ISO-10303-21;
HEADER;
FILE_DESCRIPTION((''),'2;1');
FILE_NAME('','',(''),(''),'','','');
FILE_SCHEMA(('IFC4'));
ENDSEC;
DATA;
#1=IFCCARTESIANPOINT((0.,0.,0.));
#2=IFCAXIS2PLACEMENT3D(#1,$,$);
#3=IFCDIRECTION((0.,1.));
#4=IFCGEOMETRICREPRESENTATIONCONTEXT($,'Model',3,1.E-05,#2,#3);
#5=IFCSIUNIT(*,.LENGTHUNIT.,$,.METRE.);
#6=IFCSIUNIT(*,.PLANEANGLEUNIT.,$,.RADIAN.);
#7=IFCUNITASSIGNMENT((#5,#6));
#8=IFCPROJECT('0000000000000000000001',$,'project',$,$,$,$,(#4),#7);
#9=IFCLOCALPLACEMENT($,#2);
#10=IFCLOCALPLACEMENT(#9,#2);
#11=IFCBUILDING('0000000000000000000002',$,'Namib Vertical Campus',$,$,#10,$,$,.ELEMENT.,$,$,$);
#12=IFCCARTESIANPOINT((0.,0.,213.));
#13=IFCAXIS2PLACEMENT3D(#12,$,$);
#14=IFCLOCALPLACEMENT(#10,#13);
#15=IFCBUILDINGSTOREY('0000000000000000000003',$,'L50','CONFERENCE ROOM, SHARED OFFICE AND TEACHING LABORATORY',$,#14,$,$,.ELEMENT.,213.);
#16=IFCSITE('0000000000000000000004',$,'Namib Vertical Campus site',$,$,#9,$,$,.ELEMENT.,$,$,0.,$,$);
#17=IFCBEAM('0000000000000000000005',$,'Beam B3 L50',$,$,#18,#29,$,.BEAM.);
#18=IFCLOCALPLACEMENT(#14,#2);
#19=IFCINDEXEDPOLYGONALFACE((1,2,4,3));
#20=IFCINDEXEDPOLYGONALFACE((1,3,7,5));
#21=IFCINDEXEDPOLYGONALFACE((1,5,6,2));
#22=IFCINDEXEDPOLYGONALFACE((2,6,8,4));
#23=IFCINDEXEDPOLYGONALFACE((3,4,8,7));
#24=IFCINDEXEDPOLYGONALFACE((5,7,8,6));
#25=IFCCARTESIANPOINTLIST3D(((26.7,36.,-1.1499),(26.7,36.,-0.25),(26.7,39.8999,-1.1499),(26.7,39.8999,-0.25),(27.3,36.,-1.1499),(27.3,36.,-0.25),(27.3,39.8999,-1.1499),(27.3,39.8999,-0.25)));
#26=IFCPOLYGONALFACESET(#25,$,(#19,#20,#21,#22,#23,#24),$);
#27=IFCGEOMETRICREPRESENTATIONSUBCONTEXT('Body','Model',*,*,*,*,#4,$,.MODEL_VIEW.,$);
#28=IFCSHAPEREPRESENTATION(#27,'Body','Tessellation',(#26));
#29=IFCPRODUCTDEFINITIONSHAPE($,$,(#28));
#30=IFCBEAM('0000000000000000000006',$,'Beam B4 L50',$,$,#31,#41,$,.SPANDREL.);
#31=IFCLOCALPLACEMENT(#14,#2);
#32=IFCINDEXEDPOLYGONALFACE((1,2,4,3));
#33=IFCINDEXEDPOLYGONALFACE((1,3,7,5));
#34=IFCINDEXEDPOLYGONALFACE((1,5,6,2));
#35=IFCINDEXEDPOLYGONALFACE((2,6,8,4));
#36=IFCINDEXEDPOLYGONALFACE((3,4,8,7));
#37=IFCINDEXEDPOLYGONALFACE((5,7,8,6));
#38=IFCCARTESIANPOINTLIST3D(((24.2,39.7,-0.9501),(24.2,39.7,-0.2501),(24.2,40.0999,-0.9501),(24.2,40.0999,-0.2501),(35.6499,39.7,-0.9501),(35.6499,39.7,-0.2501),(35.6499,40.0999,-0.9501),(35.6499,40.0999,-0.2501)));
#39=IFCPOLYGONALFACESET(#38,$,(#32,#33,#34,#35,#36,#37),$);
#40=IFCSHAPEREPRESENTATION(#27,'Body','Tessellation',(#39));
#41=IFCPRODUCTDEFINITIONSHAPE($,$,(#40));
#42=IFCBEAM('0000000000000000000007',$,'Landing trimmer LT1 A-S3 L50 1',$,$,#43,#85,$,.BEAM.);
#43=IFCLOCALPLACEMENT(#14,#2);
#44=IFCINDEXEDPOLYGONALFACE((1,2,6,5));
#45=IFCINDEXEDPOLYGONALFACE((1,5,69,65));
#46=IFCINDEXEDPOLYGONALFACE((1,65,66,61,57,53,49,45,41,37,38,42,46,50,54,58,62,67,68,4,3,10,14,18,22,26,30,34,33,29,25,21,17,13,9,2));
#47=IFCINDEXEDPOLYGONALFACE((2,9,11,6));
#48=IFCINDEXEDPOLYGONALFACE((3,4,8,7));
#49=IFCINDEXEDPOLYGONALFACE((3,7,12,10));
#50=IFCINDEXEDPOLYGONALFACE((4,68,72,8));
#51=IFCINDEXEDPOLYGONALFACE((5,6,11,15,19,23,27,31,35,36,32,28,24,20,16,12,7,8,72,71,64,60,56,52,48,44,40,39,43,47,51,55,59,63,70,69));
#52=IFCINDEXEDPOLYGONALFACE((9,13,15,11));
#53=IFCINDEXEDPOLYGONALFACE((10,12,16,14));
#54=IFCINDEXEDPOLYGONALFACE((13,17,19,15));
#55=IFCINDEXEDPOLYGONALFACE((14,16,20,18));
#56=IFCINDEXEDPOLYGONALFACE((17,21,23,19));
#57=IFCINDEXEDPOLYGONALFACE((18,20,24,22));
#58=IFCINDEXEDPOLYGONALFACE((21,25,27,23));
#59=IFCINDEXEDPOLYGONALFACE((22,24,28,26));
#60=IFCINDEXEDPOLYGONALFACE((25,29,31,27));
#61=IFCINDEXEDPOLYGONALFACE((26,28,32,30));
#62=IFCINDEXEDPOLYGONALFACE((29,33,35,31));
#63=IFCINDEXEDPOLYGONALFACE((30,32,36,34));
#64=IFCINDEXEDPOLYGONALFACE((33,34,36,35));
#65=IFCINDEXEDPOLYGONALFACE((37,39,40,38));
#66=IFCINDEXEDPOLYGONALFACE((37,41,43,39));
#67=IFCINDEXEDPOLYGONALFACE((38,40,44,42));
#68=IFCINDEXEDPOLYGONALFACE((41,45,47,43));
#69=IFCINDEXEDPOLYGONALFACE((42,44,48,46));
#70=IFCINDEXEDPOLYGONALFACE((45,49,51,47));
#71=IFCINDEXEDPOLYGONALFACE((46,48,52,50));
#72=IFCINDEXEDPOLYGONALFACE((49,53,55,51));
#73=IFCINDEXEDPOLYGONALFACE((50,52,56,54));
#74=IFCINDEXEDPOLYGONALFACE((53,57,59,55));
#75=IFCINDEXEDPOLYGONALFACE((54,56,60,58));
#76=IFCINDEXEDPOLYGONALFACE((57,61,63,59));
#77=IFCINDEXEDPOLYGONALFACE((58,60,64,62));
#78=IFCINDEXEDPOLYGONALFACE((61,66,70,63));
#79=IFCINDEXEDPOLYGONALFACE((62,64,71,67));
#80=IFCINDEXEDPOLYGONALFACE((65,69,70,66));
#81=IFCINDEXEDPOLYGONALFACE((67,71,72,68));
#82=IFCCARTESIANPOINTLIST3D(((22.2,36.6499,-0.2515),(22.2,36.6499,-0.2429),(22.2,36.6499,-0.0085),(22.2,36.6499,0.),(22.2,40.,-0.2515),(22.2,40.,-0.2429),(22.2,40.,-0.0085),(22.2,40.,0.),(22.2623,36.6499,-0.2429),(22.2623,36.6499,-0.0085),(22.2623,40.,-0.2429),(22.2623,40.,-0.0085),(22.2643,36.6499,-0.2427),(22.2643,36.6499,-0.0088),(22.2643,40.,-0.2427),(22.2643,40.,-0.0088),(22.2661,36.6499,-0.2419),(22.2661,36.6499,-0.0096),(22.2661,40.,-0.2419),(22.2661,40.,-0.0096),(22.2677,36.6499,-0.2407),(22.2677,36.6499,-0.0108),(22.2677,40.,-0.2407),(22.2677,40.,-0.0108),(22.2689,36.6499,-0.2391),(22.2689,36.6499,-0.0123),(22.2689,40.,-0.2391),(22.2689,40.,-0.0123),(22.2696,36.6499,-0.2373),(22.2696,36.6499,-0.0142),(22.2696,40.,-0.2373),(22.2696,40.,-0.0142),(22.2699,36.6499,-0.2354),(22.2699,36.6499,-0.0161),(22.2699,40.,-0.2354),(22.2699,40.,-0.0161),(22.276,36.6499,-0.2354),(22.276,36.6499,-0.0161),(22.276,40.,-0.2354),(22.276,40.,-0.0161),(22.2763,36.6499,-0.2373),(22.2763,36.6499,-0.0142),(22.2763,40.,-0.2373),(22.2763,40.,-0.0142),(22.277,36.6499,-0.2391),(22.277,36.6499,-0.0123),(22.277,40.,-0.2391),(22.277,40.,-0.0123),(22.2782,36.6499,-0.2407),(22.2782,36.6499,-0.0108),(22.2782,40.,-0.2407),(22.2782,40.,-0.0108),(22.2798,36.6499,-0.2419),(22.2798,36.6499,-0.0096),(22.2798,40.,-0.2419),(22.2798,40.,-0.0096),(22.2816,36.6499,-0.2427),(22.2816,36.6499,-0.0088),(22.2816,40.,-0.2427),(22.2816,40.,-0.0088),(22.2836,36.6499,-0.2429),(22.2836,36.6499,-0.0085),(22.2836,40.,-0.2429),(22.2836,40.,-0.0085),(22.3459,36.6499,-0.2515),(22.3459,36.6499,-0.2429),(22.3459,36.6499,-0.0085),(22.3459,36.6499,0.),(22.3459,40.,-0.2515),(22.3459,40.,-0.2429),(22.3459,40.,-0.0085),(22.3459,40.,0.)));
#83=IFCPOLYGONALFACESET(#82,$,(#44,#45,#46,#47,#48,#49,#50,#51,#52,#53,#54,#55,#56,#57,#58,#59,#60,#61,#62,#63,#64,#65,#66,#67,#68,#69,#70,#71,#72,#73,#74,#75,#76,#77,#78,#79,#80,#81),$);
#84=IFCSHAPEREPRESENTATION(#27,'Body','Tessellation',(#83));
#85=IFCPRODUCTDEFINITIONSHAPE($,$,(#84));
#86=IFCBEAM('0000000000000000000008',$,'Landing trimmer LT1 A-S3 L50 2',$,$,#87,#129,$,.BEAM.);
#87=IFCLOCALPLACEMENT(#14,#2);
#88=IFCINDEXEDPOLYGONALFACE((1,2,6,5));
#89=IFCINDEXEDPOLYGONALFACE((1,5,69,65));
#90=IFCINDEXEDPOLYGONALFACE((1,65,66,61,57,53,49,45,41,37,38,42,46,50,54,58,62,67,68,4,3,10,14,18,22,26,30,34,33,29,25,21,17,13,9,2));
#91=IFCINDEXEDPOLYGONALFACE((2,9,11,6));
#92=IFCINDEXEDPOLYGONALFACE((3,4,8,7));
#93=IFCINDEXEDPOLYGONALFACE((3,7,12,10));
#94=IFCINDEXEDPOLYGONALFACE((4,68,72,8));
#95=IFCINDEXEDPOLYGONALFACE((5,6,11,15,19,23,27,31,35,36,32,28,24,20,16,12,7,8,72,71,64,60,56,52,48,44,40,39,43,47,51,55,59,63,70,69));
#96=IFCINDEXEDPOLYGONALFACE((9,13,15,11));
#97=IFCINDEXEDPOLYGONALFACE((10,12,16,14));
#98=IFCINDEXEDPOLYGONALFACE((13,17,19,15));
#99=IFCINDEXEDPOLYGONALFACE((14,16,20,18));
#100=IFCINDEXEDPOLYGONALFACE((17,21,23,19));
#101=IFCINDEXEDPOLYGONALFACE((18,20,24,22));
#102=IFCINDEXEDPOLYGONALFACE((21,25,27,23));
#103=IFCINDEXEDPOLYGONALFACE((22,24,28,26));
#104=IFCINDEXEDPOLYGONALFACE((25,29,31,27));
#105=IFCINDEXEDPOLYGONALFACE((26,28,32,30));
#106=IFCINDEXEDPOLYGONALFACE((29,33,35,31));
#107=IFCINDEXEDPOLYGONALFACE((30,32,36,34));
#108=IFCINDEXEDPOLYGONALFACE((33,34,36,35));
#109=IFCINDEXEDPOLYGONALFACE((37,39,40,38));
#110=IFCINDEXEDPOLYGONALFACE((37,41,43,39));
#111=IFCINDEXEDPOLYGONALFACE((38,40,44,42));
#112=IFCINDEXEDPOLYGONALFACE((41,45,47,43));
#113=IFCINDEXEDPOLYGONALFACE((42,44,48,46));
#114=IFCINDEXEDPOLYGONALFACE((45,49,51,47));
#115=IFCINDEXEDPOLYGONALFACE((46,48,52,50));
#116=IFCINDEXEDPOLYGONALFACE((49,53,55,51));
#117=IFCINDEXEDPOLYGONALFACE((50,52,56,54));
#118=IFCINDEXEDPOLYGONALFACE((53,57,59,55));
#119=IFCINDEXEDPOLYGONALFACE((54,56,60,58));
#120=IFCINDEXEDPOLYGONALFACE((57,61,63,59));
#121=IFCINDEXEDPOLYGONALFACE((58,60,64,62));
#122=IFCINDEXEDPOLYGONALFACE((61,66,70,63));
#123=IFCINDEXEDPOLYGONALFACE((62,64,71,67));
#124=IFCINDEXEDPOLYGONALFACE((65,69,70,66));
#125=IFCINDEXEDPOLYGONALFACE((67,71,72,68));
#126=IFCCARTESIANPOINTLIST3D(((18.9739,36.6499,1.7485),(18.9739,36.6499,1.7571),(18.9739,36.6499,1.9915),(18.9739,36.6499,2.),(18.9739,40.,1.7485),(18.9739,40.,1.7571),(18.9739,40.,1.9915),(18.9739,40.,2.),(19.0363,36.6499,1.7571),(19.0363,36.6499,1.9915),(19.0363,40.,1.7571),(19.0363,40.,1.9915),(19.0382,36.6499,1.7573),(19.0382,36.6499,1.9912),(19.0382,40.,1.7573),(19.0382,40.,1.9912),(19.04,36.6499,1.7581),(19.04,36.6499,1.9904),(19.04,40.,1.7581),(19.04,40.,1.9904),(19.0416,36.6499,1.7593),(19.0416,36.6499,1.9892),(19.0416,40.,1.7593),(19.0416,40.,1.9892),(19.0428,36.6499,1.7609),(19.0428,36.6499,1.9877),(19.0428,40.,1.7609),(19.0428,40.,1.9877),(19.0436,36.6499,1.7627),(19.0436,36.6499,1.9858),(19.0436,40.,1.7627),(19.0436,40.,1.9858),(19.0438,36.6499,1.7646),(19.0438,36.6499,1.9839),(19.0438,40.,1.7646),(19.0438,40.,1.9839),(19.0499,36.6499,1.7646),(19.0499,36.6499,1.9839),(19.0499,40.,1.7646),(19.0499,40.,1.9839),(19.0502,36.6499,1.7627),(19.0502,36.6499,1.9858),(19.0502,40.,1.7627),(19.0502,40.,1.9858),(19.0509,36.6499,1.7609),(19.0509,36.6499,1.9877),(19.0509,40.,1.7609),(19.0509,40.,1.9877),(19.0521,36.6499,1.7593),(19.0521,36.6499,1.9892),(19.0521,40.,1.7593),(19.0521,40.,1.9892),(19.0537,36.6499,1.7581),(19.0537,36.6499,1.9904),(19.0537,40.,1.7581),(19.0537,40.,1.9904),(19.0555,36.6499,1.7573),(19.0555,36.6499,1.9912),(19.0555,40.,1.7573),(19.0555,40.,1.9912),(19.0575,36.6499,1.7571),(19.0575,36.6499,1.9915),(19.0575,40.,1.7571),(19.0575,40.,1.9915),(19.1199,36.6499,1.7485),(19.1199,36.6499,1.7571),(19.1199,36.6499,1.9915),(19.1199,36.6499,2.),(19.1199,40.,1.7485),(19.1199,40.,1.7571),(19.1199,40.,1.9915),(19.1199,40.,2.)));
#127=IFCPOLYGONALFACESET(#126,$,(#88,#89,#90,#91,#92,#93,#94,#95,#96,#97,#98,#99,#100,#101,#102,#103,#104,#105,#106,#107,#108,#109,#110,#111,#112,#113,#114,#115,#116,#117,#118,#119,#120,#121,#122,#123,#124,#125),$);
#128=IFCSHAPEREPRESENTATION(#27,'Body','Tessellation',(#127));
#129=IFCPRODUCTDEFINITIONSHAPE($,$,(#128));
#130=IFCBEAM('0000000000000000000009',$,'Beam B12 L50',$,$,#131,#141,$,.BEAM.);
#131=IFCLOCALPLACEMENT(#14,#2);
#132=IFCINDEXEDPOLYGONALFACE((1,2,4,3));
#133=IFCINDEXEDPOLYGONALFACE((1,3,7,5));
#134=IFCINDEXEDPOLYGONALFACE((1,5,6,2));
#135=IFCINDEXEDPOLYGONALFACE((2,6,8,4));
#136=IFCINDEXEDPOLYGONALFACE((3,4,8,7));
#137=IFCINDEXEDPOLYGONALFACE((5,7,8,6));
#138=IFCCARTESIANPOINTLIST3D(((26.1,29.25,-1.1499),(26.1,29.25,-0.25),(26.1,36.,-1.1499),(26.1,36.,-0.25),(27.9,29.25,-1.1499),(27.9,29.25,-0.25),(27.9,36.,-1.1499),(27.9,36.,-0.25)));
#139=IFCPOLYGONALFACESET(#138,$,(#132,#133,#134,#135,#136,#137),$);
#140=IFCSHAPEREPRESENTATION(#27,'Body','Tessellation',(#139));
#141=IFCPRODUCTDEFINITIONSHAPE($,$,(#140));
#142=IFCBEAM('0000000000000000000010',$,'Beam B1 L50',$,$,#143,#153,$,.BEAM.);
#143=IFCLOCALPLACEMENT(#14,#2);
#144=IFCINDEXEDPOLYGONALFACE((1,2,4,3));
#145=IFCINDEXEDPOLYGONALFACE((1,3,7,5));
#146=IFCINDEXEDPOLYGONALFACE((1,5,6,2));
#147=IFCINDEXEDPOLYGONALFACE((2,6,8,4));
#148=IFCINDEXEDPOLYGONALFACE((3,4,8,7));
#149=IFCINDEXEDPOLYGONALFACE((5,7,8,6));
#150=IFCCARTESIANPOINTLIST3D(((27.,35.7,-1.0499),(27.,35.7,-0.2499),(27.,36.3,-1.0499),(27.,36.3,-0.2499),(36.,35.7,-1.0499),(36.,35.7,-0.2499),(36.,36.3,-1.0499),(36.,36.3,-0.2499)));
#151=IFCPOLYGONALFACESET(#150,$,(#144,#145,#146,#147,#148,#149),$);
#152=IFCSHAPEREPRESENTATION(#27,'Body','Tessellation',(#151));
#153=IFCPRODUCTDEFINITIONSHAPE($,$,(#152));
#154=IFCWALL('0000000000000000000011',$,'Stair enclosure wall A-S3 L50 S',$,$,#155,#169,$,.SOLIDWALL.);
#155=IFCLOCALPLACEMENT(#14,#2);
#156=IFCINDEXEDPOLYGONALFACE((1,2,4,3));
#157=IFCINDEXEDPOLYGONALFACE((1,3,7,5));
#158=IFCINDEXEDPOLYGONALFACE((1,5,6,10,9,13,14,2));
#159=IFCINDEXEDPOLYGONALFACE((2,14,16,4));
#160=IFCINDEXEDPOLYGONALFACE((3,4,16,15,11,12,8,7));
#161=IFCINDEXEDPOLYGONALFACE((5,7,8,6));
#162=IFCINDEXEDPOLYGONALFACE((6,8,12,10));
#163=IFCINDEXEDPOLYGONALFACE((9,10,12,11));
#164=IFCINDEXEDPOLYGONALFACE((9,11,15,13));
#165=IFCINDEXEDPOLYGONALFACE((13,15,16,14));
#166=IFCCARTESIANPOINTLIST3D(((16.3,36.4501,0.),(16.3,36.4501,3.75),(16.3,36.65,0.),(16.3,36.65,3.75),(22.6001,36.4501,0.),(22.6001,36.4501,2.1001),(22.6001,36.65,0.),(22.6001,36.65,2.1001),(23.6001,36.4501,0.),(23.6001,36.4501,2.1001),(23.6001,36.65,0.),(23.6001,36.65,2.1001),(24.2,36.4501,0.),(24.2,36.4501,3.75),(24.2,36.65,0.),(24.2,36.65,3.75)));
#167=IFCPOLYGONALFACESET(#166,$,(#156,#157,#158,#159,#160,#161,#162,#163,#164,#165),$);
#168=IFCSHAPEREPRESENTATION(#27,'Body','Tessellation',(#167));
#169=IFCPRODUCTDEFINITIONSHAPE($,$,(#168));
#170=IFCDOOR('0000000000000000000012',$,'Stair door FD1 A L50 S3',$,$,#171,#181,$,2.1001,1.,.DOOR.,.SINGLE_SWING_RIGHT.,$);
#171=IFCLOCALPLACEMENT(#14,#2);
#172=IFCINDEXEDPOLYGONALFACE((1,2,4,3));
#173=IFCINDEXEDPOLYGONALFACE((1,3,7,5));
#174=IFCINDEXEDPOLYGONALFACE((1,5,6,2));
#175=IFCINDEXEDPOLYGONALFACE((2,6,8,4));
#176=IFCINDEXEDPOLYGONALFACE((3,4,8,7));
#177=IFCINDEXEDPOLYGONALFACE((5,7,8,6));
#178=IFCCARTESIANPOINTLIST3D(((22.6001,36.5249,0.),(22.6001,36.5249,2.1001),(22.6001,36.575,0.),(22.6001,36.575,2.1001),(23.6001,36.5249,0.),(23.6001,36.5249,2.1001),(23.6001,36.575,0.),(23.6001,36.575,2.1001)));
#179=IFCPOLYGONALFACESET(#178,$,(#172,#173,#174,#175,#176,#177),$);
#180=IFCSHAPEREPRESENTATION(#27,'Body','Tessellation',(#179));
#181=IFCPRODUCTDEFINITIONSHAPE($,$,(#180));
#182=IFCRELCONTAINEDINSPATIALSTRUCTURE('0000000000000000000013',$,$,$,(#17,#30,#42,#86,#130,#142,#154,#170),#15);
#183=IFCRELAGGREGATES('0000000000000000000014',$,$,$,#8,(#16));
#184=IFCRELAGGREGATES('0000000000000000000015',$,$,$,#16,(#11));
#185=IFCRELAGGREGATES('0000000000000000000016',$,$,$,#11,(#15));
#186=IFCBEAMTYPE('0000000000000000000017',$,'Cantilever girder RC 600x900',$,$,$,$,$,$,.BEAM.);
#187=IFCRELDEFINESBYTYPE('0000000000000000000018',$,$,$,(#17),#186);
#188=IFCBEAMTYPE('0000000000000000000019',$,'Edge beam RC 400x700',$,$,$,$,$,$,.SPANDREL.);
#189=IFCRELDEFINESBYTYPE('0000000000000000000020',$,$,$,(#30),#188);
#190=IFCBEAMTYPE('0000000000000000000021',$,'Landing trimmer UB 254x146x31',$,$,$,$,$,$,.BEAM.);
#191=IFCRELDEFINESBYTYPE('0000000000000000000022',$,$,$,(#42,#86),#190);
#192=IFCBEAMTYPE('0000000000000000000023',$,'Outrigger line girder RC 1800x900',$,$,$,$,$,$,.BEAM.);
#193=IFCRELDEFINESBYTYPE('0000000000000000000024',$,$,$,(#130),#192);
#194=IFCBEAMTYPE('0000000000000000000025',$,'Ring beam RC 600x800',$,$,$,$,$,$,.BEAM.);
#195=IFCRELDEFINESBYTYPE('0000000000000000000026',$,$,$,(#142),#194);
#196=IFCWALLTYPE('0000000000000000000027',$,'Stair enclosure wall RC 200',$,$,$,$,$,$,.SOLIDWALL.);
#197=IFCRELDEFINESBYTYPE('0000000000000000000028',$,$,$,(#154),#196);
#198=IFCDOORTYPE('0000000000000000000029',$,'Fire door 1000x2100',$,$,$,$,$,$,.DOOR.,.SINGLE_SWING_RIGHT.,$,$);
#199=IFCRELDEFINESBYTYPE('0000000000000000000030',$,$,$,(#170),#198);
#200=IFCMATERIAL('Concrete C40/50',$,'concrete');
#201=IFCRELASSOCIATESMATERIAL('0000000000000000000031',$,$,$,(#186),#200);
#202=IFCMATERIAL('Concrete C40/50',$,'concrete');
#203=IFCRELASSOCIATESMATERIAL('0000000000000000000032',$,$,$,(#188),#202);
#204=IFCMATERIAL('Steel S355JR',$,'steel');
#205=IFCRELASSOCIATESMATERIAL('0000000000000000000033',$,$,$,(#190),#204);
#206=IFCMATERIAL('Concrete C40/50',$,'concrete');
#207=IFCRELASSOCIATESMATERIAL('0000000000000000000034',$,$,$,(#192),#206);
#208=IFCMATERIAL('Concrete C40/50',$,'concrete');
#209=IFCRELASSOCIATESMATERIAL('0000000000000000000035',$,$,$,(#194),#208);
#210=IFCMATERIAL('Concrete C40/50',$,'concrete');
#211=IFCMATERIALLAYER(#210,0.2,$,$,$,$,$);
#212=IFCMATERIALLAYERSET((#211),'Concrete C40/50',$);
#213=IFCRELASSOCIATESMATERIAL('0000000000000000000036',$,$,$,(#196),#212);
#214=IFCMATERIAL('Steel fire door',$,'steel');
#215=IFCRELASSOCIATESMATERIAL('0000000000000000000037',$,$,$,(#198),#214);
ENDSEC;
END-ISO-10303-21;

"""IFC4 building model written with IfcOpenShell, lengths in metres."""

from ifc_helpers import new_model, si_unit, direction, frame, frame_2d, origin, origin_2d, place, context, subcontext, project, spatial, rectangle, i_section, extrude, material, layer, layer_set, material_profile, profile_set, type_object, element, fill, save


model = new_model("IFC4")

# Units and contexts
model_context = context("Model", 3, precision=1e-05, world=origin(), true_north=direction((0.0, 1.0)))
body_context = subcontext(model_context, "Body", "Model", "MODEL_VIEW")
ifc_project = project(units=[si_unit("LENGTHUNIT", "METRE"), si_unit("PLANEANGLEUNIT", "RADIAN")], contexts=[model_context])

# Site, building, storey
site_placement = place(None, origin())
site = spatial("IfcSite", under=ifc_project, at=site_placement, Name="Namib Vertical Campus site", CompositionType="ELEMENT", RefElevation=0.0)
building_placement = place(site_placement, origin())
building = spatial("IfcBuilding", under=site, at=building_placement, Name="Namib Vertical Campus", CompositionType="ELEMENT")
storey_placement = place(building_placement, frame((0.0, 0.0, 213.0)))
storey = spatial("IfcBuildingStorey", under=building, at=storey_placement, Name="L50", Description="CONFERENCE ROOM, SHARED OFFICE AND TEACHING LABORATORY", CompositionType="ELEMENT", Elevation=213.0)

# Beams
ifc_material_1 = material(Name="Concrete C40/50", Category="concrete")
ifc_material_profile_1 = material_profile(ifc_material_1, rectangle(XDim=0.6001, YDim=0.8999, at=origin_2d()))
ifc_profile_set_1 = profile_set([ifc_material_profile_1], Name="Concrete C40/50")
beam_type_1 = type_object("IfcBeamType", Name="Cantilever girder RC 600x900", PredefinedType="BEAM", material=ifc_profile_set_1)
beam_1_placement = place(storey_placement, frame((27.0, 36.0, -0.7), z_axis=(0.0, 1.0, 0.0), x_axis=(-1.0, 0.0, 0.0)))
element("IfcBeam", 1, at=beam_1_placement, inside=storey, type_object=beam_type_1, Name="Beam B3 L50", PredefinedType="BEAM", context=body_context, shape_type="SweptSolid", body=[
    extrude(rectangle(XDim=0.6001, YDim=0.8999, at=origin_2d()), origin(), (0.0, 0.0, 1.0), 3.8999),
])
ifc_material_2 = material(Name="Concrete C40/50", Category="concrete")
ifc_material_profile_2 = material_profile(ifc_material_2, rectangle(XDim=0.3999, YDim=0.7, at=origin_2d()))
ifc_profile_set_2 = profile_set([ifc_material_profile_2], Name="Concrete C40/50")
beam_type_2 = type_object("IfcBeamType", Name="Edge beam RC 400x700", PredefinedType="SPANDREL", material=ifc_profile_set_2)
beam_2_placement = place(storey_placement, frame((24.2, 39.8999, -0.6001), z_axis=(1.0, 0.0, 0.0), x_axis=(0.0, 1.0, 0.0)))
element("IfcBeam", 2, at=beam_2_placement, inside=storey, type_object=beam_type_2, Name="Beam B4 L50", PredefinedType="SPANDREL", context=body_context, shape_type="SweptSolid", body=[
    extrude(rectangle(XDim=0.3999, YDim=0.7, at=origin_2d()), origin(), (0.0, 0.0, 1.0), 11.45),
])
ifc_material_3 = material(Name="Steel S355JR", Category="steel")
ifc_material_profile_3 = material_profile(ifc_material_3, i_section(OverallWidth=0.146, OverallDepth=0.2515, WebThickness=0.0061, FlangeThickness=0.0085, FilletRadius=0.0076, at=origin_2d()))
ifc_profile_set_3 = profile_set([ifc_material_profile_3], Name="Steel S355JR")
beam_type_3 = type_object("IfcBeamType", Name="Landing trimmer UB 254x146x31", PredefinedType="BEAM", material=ifc_profile_set_3)
for number, where, z_axis, x_axis, name in (
    (3, (22.2729, 36.6499, -0.1257), (0.0, 1.0, 0.0), (-1.0, 0.0, 0.0), "Landing trimmer LT1 A-S3 L50 1"),
    (4, (19.0469, 36.6499, 1.8743), (0.0, 1.0, 0.0), (-1.0, 0.0, 0.0), "Landing trimmer LT1 A-S3 L50 2"),
):
    element("IfcBeam", number, at=place(storey_placement, frame(where, z_axis=z_axis, x_axis=x_axis)), inside=storey, type_object=beam_type_3, Name=name, PredefinedType="BEAM", context=body_context, shape_type="SweptSolid", body=[
        extrude(i_section(OverallWidth=0.146, OverallDepth=0.2515, WebThickness=0.0061, FlangeThickness=0.0085, FilletRadius=0.0076, at=origin_2d()), origin(), (0.0, 0.0, 1.0), 3.3501),
    ])
ifc_material_4 = material(Name="Concrete C40/50", Category="concrete")
ifc_material_profile_4 = material_profile(ifc_material_4, rectangle(XDim=1.8, YDim=0.8999, at=origin_2d()))
ifc_profile_set_4 = profile_set([ifc_material_profile_4], Name="Concrete C40/50")
beam_type_4 = type_object("IfcBeamType", Name="Outrigger line girder RC 1800x900", PredefinedType="BEAM", material=ifc_profile_set_4)
beam_3_placement = place(storey_placement, frame((27.0, 36.0, -0.7), z_axis=(0.0, -1.0, 0.0), x_axis=(1.0, 0.0, 0.0)))
element("IfcBeam", 5, at=beam_3_placement, inside=storey, type_object=beam_type_4, Name="Beam B12 L50", PredefinedType="BEAM", context=body_context, shape_type="SweptSolid", body=[
    extrude(rectangle(XDim=1.8, YDim=0.8999, at=origin_2d()), origin(), (0.0, 0.0, 1.0), 6.75),
])
ifc_material_5 = material(Name="Concrete C40/50", Category="concrete")
ifc_material_profile_5 = material_profile(ifc_material_5, rectangle(XDim=0.6001, YDim=0.8, at=origin_2d()))
ifc_profile_set_5 = profile_set([ifc_material_profile_5], Name="Concrete C40/50")
beam_type_5 = type_object("IfcBeamType", Name="Ring beam RC 600x800", PredefinedType="BEAM", material=ifc_profile_set_5)
beam_4_placement = place(storey_placement, frame((27.0, 36.0, -0.6499), z_axis=(1.0, 0.0, 0.0), x_axis=(0.0, 1.0, 0.0)))
element("IfcBeam", 6, at=beam_4_placement, inside=storey, type_object=beam_type_5, Name="Beam B1 L50", PredefinedType="BEAM", context=body_context, shape_type="SweptSolid", body=[
    extrude(rectangle(XDim=0.6001, YDim=0.8, at=origin_2d()), origin(), (0.0, 0.0, 1.0), 9.0),
])

# Wall, opening, door
ifc_material_6 = material(Name="Concrete C40/50", Category="concrete")
ifc_layer_1 = layer(ifc_material_6, 0.2)
ifc_layer_set_1 = layer_set([ifc_layer_1], Name="Concrete C40/50")
wall_type = type_object("IfcWallType", Name="Stair enclosure wall RC 200", PredefinedType="SOLIDWALL", material=ifc_layer_set_1)
wall_1_placement = place(storey_placement, frame((16.3, 36.55, 0.0), z_axis=(0.0, 0.0, 1.0), x_axis=(1.0, 0.0, 0.0)))
wall_1 = element("IfcWall", 7, at=wall_1_placement, inside=storey, type_object=wall_type, Name="Stair enclosure wall A-S3 L50 S", PredefinedType="SOLIDWALL", context=body_context, shape_type="SweptSolid", body=[
    extrude(rectangle(XDim=7.8999, YDim=0.2, at=frame_2d((3.95, 0.0))), origin(), (0.0, 0.0, 1.0), 3.75),
])
opening_placement = place(wall_1_placement, frame((6.3, 0.0, 0.0)))
opening = element("IfcOpeningElement", 8, at=opening_placement, cuts=wall_1, PredefinedType="OPENING", context=body_context, shape_type="SweptSolid", body=[
    extrude(rectangle(XDim=1.0, YDim=2.1001, at=frame_2d((0.5, 1.05))), frame((0.0, 0.1099, 0.0), z_axis=(0.0, -1.0, 0.0), x_axis=(1.0, 0.0, 0.0)), (0.0, 0.0, 1.0), 0.22),
])
ifc_material_7 = material(Name="Steel fire door", Category="steel")
door_type = type_object("IfcDoorType", Name="Fire door 1000x2100", OperationType="SINGLE_SWING_RIGHT", PredefinedType="DOOR", material=ifc_material_7)
door_placement = place(opening_placement, origin())
door = element("IfcDoor", 9, at=door_placement, inside=storey, type_object=door_type, Name="Stair door FD1 A L50 S3", OperationType="SINGLE_SWING_RIGHT", OverallHeight=2.1001, OverallWidth=1.0, PredefinedType="DOOR", context=body_context, shape_type="SweptSolid", body=[
    extrude(rectangle(XDim=1.0, YDim=2.1001, at=frame_2d((0.5, 1.05))), frame((0.0, 0.0249, 0.0), z_axis=(0.0, -1.0, 0.0), x_axis=(1.0, 0.0, 0.0)), (0.0, 0.0, 1.0), 0.05),
])
fill(opening, door)

save(model, "model.ifc")
